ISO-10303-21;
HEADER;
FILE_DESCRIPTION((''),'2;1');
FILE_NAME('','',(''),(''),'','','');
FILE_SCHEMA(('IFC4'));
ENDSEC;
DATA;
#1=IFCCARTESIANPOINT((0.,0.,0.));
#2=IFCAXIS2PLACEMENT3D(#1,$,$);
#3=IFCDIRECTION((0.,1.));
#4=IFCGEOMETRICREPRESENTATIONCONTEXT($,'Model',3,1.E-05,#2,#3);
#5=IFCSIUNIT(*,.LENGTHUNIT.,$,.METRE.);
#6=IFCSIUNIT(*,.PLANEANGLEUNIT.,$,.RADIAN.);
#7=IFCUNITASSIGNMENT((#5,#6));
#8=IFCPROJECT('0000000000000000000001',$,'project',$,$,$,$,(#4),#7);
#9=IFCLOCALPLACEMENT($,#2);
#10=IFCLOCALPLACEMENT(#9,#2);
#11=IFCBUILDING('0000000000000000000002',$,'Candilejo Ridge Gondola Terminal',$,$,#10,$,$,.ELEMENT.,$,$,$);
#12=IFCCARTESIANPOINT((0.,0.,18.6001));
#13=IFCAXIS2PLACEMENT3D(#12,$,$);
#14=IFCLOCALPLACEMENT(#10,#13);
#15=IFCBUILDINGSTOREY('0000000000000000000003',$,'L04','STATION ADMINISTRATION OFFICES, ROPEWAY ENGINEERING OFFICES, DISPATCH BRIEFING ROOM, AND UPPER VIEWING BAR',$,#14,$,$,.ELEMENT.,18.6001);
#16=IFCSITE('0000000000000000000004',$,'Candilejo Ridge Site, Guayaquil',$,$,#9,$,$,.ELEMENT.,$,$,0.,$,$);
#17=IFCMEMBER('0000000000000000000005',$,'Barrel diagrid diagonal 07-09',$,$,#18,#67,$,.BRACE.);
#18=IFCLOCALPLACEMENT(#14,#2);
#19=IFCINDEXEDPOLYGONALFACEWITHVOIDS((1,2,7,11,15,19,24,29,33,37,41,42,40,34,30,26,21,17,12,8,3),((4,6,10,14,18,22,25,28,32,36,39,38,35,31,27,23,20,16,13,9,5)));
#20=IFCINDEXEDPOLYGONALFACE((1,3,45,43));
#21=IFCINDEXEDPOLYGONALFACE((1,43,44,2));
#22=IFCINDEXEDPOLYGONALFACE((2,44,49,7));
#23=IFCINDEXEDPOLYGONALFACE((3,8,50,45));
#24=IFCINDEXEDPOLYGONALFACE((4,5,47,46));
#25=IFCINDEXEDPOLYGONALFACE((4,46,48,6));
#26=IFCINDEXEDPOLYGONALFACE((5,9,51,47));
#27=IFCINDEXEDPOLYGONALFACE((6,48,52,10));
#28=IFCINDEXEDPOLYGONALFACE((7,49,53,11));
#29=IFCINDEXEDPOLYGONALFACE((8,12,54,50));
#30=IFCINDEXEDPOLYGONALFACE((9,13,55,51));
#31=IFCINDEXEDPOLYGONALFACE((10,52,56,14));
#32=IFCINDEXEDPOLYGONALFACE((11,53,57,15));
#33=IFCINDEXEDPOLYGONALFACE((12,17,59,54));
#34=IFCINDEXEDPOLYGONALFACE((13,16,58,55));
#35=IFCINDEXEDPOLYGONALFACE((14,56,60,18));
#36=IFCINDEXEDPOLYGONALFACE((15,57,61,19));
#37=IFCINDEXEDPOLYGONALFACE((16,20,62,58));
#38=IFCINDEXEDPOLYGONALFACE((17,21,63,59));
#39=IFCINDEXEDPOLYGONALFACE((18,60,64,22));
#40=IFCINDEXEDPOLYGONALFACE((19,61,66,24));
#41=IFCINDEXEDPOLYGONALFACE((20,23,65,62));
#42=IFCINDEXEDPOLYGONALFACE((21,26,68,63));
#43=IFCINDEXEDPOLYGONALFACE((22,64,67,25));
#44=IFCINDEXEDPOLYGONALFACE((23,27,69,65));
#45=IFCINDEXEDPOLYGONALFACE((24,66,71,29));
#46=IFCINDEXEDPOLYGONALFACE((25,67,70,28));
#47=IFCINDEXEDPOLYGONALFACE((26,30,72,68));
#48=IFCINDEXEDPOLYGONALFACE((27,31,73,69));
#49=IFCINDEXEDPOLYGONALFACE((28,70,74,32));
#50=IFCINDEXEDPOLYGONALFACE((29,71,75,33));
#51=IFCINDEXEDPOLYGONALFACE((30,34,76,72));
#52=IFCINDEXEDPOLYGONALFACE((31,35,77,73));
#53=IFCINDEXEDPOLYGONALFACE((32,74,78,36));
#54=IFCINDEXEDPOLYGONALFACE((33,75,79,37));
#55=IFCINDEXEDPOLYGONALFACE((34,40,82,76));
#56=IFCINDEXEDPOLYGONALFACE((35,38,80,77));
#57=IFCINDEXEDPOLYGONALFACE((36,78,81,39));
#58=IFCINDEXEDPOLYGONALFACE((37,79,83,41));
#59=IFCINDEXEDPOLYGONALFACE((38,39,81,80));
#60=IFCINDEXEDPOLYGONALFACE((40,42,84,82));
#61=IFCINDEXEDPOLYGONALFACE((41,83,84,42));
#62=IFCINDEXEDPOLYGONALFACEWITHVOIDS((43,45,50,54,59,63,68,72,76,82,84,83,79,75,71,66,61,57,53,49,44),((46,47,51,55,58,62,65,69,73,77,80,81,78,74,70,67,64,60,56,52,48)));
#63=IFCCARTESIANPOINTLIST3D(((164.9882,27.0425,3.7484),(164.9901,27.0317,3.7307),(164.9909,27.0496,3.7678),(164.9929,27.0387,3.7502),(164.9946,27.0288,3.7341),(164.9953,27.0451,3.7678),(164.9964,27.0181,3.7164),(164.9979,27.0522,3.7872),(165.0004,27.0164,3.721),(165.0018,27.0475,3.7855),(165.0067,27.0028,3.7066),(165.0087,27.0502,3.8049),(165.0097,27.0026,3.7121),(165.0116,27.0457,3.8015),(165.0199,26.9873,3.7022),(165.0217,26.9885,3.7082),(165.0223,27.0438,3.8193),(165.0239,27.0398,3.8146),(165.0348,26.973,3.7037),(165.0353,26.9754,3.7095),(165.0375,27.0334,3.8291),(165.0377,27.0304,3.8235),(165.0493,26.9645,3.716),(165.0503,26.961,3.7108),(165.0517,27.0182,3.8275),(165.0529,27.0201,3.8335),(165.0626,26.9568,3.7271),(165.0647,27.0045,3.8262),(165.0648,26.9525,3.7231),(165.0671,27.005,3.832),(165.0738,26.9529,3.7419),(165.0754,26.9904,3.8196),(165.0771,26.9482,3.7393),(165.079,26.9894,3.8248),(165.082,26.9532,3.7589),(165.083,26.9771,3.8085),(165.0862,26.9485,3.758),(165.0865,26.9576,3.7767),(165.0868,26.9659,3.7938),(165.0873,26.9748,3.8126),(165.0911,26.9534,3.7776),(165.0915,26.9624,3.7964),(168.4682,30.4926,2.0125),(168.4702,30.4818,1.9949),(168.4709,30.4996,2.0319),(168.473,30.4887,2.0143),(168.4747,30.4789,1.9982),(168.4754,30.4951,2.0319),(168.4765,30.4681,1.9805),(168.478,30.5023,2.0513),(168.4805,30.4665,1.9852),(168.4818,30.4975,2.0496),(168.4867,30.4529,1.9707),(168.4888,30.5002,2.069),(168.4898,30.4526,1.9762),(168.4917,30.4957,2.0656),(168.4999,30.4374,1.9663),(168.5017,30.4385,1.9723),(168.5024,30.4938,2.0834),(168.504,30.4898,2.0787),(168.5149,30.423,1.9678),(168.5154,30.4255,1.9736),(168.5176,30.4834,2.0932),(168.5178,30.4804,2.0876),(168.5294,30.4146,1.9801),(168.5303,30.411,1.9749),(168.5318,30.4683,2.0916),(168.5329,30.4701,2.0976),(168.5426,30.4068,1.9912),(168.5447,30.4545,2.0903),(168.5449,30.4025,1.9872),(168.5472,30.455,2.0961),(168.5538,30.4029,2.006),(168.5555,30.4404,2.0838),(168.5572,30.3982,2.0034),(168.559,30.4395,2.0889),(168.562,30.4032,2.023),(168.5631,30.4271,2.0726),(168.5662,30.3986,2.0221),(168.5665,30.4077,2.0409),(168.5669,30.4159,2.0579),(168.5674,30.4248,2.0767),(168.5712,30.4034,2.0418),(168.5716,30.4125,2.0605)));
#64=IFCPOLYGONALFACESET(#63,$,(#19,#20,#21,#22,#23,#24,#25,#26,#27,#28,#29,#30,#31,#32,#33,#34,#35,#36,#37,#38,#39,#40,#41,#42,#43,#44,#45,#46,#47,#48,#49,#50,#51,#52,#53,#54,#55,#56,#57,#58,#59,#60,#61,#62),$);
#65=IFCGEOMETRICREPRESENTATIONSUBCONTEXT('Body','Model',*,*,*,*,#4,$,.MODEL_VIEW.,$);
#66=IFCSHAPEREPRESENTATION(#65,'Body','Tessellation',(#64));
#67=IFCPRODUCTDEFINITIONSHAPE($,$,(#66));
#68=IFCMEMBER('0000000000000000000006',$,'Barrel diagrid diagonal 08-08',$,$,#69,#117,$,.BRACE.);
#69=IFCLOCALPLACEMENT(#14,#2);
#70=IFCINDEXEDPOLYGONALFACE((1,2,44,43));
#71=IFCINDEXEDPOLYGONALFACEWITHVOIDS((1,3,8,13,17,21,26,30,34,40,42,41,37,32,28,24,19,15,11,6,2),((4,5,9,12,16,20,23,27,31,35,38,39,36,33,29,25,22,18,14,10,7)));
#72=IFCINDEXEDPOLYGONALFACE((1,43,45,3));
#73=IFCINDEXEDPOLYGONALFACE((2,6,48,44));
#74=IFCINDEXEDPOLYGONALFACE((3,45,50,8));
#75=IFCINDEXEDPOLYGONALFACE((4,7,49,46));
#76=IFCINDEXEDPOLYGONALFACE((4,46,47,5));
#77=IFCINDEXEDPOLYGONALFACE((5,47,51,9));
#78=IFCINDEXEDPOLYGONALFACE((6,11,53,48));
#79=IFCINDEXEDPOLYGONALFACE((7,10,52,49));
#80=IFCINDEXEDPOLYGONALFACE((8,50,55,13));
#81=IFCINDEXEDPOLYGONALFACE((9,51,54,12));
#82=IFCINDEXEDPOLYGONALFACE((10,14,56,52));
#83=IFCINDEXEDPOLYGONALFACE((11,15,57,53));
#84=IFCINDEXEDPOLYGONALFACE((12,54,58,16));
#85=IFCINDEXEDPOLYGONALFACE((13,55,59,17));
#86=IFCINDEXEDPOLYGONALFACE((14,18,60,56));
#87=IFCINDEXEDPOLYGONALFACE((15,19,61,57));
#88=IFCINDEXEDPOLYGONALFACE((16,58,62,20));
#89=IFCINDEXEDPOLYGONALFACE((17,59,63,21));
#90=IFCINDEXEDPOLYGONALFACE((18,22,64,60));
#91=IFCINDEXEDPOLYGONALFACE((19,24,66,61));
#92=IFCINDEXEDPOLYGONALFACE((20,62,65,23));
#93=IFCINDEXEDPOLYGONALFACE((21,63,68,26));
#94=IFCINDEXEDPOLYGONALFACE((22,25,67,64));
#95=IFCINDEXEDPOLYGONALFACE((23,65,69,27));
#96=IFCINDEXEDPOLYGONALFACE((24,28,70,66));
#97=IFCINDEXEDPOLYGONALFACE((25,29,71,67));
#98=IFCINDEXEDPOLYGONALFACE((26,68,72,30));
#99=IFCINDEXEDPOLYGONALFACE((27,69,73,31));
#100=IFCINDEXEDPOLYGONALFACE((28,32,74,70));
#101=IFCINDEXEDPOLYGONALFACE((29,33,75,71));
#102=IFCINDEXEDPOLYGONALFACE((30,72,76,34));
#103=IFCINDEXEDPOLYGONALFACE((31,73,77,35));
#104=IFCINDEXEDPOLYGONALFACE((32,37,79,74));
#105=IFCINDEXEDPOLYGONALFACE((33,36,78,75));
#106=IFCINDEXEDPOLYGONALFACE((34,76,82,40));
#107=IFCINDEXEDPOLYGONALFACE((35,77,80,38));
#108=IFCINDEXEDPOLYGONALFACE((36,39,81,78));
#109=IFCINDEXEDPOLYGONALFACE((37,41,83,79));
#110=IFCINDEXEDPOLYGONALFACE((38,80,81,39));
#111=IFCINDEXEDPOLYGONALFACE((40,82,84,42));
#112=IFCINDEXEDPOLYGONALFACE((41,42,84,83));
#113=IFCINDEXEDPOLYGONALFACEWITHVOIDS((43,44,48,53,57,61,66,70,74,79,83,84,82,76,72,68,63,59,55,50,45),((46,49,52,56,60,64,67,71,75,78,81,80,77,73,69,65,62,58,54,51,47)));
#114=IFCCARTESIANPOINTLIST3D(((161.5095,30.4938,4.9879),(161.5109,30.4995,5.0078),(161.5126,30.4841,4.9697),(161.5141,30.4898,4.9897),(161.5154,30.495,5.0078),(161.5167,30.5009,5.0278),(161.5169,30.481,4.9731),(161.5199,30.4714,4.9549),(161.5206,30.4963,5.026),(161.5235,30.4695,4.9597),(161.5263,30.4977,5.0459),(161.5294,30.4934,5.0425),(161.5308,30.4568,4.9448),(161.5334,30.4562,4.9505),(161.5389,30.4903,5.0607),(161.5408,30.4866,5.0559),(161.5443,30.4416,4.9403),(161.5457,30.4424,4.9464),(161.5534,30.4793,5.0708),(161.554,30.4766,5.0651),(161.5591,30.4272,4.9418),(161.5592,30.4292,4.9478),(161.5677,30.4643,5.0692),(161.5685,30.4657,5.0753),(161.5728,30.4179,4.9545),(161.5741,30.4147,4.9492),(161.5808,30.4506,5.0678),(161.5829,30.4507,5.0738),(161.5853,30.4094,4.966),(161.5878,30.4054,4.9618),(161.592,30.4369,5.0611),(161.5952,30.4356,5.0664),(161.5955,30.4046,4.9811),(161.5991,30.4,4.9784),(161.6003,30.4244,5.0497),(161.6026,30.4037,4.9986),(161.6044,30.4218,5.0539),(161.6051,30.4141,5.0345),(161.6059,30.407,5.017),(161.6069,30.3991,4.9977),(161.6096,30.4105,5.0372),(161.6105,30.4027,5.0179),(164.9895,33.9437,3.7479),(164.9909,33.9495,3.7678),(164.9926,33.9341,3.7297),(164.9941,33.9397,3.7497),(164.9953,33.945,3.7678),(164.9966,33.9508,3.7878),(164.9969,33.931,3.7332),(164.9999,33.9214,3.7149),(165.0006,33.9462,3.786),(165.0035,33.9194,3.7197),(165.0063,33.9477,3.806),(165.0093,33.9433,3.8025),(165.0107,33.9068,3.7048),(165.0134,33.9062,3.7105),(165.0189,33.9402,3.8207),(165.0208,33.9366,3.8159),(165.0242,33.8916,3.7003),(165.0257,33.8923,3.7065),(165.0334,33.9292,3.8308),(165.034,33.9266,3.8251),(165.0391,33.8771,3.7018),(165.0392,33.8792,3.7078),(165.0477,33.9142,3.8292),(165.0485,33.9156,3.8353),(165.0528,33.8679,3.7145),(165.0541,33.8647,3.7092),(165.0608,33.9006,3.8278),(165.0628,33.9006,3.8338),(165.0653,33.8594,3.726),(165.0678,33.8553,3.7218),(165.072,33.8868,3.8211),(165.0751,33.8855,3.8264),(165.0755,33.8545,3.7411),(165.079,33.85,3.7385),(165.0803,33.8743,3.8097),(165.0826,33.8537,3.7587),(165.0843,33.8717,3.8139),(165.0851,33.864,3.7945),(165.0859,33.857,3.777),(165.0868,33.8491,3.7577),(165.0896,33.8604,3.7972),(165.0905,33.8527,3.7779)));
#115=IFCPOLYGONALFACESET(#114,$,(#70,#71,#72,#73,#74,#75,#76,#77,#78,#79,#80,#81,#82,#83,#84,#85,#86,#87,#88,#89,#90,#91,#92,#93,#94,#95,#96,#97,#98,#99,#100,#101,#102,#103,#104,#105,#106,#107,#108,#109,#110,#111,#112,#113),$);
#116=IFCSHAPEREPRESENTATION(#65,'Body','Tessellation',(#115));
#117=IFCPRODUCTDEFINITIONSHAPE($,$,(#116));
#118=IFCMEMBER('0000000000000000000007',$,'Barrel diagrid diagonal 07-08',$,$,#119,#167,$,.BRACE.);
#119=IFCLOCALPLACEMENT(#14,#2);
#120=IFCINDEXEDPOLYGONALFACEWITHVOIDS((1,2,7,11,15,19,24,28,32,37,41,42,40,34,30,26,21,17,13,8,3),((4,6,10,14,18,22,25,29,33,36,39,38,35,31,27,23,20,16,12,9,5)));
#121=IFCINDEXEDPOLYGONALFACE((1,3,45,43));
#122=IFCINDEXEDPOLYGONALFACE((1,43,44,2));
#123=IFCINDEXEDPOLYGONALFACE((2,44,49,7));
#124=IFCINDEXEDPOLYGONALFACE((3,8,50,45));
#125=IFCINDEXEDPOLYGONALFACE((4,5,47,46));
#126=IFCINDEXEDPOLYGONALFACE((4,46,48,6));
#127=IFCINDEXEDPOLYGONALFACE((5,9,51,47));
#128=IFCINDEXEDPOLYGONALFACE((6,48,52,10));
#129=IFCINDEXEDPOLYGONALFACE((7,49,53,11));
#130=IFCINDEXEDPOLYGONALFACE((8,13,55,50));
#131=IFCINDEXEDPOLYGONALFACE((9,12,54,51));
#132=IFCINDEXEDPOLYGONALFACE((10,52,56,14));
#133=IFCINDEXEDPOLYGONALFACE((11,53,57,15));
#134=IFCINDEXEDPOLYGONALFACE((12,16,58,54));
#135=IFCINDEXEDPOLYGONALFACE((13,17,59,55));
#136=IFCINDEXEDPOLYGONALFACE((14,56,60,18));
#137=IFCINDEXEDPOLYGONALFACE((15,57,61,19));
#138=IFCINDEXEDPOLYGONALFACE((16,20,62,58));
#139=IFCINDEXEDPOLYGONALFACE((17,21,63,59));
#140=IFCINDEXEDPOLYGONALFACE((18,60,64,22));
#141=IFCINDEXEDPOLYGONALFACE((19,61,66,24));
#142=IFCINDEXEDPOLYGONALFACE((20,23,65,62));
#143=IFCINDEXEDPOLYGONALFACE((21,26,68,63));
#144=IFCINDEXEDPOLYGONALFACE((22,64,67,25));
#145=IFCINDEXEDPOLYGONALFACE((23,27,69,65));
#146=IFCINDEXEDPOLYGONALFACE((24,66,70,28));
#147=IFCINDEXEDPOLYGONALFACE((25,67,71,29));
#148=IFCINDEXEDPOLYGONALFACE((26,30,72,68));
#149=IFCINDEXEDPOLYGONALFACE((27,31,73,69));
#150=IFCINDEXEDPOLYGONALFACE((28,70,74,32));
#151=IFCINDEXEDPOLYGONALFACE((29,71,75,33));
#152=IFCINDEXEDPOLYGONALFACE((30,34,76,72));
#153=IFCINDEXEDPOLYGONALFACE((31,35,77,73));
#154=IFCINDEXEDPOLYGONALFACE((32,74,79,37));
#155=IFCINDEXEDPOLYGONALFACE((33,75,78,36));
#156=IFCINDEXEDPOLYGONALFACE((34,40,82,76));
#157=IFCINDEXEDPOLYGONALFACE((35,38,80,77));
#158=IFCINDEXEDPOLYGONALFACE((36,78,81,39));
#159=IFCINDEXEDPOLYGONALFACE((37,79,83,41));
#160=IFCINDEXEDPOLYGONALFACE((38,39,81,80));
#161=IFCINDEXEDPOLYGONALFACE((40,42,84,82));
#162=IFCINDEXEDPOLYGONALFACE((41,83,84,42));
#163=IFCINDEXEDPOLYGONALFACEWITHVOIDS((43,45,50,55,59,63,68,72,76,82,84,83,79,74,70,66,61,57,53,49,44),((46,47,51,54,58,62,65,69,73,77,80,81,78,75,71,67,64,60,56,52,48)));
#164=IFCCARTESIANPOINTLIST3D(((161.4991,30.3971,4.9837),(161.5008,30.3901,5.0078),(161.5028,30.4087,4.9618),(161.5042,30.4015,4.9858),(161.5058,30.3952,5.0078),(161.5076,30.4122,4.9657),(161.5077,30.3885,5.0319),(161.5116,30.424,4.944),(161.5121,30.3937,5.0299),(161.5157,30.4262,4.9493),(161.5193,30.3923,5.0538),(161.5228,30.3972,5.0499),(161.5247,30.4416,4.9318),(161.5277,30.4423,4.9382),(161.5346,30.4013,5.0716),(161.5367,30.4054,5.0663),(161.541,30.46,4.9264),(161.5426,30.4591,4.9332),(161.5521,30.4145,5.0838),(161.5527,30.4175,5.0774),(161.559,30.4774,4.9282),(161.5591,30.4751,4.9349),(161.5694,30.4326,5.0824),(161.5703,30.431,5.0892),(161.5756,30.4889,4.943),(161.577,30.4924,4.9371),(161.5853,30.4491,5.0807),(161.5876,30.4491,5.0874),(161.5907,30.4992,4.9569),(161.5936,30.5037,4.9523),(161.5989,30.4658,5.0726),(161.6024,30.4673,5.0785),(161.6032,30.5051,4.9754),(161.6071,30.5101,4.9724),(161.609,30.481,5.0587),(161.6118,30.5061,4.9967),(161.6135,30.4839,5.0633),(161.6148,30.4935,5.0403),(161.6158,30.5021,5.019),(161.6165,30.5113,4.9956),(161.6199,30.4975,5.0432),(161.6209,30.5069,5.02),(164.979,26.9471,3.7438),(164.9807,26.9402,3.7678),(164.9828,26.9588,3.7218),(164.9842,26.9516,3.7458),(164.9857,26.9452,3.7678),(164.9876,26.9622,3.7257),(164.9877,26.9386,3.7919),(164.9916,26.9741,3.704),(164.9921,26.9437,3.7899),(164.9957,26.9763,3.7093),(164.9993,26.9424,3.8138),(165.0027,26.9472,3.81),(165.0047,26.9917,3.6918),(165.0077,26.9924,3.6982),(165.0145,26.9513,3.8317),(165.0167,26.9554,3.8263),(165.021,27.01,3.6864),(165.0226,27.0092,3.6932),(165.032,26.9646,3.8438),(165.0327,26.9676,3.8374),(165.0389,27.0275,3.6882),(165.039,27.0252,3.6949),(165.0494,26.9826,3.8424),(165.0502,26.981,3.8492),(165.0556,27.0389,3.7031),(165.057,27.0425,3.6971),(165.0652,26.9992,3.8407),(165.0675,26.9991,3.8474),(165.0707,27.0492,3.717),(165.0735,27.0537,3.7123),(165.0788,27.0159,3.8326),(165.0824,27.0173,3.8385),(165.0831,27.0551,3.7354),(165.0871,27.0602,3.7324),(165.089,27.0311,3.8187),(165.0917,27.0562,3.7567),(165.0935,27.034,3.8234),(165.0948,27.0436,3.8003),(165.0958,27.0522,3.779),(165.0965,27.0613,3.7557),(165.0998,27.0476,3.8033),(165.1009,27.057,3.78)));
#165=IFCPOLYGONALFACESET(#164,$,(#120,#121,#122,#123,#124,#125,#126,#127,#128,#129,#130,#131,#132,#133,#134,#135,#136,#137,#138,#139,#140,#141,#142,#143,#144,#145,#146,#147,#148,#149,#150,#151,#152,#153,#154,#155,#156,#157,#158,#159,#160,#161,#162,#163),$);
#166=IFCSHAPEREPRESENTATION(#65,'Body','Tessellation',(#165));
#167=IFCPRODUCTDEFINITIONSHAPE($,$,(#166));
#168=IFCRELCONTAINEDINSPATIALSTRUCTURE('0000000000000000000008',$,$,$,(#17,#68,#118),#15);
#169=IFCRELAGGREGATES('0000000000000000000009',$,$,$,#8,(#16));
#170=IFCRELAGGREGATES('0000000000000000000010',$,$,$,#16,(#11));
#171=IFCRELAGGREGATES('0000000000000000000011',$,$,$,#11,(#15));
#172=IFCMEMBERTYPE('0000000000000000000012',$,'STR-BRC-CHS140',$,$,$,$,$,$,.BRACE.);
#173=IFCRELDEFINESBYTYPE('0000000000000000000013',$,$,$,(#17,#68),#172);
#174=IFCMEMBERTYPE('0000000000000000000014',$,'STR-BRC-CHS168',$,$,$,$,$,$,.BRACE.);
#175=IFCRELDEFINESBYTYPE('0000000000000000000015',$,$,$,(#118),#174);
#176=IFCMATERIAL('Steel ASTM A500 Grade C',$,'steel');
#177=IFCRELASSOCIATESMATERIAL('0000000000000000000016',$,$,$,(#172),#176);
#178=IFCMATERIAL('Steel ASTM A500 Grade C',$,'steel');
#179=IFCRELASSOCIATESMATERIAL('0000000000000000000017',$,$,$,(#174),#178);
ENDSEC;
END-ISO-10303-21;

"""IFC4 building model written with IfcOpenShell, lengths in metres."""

from ifc_helpers import new_model, si_unit, direction, frame, origin, origin_2d, place, context, subcontext, project, spatial, hollow_circle, extrude, material, material_profile, profile_set, type_object, element, save


model = new_model("IFC4")

# Units and contexts
model_context = context("Model", 3, precision=1e-05, world=origin(), true_north=direction((0.0, 1.0)))
body_context = subcontext(model_context, "Body", "Model", "MODEL_VIEW")
ifc_project = project(units=[si_unit("LENGTHUNIT", "METRE"), si_unit("PLANEANGLEUNIT", "RADIAN")], contexts=[model_context])

# Site, building, storey
site_placement = place(None, origin())
site = spatial("IfcSite", under=ifc_project, at=site_placement, Name="Candilejo Ridge Site, Guayaquil", CompositionType="ELEMENT", RefElevation=0.0)
building_placement = place(site_placement, origin())
building = spatial("IfcBuilding", under=site, at=building_placement, Name="Candilejo Ridge Gondola Terminal", CompositionType="ELEMENT")
storey_placement = place(building_placement, frame((0.0, 0.0, 18.6001)))
storey = spatial("IfcBuildingStorey", under=building, at=storey_placement, Name="L04", Description="STATION ADMINISTRATION OFFICES, ROPEWAY ENGINEERING OFFICES, DISPATCH BRIEFING ROOM, AND UPPER VIEWING BAR", CompositionType="ELEMENT", Elevation=18.6001)

# Members
ifc_material_1 = material(Name="Steel ASTM A500 Grade C", Category="steel")
ifc_material_profile_1 = material_profile(ifc_material_1, hollow_circle(Radius=0.0698, WallThickness=0.0063, at=origin_2d()))
ifc_profile_set_1 = profile_set([ifc_material_profile_1], Name="Steel ASTM A500 Grade C")
member_type_1 = type_object("IfcMemberType", Name="STR-BRC-CHS140", PredefinedType="BRACE", material=ifc_profile_set_1)
member_1_placement = place(storey_placement, frame((165.04, 27.0, 3.7678), z_axis=(0.669406, 0.663629, -0.333904), x_axis=(-0.704036, 0.710164, 0.0)))
element("IfcMember", 1, at=member_1_placement, inside=storey, type_object=member_type_1, Name="Barrel diagrid diagonal 07-09", PredefinedType="BRACE", context=body_context, shape_type="SweptSolid", body=[
    extrude(hollow_circle(Radius=0.0698, WallThickness=0.0063, at=origin_2d()), origin(), (0.0, 0.0, 1.0), 5.1987),
])
member_2_placement = place(storey_placement, frame((161.5601, 30.45, 5.0078), z_axis=(0.688464, 0.682523, -0.245314), x_axis=(-0.704036, 0.710164, 0.0)))
element("IfcMember", 2, at=member_2_placement, inside=storey, type_object=member_type_1, Name="Barrel diagrid diagonal 08-08", PredefinedType="BRACE", context=body_context, shape_type="SweptSolid", body=[
    extrude(hollow_circle(Radius=0.0698, WallThickness=0.0063, at=origin_2d()), origin(), (0.0, 0.0, 1.0), 5.0547),
])
ifc_material_2 = material(Name="Steel ASTM A500 Grade C", Category="steel")
ifc_material_profile_2 = material_profile(ifc_material_2, hollow_circle(Radius=0.0842, WallThickness=0.0071, at=origin_2d()))
ifc_profile_set_2 = profile_set([ifc_material_profile_2], Name="Steel ASTM A500 Grade C")
member_type_2 = type_object("IfcMemberType", Name="STR-BRC-CHS168", PredefinedType="BRACE", material=ifc_profile_set_2)
member_3_placement = place(storey_placement, frame((165.04, 27.0, 3.7678), z_axis=(-0.688464, 0.682523, 0.245314), x_axis=(-0.704036, -0.710164, 0.0)))
element("IfcMember", 3, at=member_3_placement, inside=storey, type_object=member_type_2, Name="Barrel diagrid diagonal 07-08", PredefinedType="BRACE", context=body_context, shape_type="SweptSolid", body=[
    extrude(hollow_circle(Radius=0.0842, WallThickness=0.0071, at=origin_2d()), origin(), (0.0, 0.0, 1.0), 5.0547),
])

save(model, "model.ifc")
